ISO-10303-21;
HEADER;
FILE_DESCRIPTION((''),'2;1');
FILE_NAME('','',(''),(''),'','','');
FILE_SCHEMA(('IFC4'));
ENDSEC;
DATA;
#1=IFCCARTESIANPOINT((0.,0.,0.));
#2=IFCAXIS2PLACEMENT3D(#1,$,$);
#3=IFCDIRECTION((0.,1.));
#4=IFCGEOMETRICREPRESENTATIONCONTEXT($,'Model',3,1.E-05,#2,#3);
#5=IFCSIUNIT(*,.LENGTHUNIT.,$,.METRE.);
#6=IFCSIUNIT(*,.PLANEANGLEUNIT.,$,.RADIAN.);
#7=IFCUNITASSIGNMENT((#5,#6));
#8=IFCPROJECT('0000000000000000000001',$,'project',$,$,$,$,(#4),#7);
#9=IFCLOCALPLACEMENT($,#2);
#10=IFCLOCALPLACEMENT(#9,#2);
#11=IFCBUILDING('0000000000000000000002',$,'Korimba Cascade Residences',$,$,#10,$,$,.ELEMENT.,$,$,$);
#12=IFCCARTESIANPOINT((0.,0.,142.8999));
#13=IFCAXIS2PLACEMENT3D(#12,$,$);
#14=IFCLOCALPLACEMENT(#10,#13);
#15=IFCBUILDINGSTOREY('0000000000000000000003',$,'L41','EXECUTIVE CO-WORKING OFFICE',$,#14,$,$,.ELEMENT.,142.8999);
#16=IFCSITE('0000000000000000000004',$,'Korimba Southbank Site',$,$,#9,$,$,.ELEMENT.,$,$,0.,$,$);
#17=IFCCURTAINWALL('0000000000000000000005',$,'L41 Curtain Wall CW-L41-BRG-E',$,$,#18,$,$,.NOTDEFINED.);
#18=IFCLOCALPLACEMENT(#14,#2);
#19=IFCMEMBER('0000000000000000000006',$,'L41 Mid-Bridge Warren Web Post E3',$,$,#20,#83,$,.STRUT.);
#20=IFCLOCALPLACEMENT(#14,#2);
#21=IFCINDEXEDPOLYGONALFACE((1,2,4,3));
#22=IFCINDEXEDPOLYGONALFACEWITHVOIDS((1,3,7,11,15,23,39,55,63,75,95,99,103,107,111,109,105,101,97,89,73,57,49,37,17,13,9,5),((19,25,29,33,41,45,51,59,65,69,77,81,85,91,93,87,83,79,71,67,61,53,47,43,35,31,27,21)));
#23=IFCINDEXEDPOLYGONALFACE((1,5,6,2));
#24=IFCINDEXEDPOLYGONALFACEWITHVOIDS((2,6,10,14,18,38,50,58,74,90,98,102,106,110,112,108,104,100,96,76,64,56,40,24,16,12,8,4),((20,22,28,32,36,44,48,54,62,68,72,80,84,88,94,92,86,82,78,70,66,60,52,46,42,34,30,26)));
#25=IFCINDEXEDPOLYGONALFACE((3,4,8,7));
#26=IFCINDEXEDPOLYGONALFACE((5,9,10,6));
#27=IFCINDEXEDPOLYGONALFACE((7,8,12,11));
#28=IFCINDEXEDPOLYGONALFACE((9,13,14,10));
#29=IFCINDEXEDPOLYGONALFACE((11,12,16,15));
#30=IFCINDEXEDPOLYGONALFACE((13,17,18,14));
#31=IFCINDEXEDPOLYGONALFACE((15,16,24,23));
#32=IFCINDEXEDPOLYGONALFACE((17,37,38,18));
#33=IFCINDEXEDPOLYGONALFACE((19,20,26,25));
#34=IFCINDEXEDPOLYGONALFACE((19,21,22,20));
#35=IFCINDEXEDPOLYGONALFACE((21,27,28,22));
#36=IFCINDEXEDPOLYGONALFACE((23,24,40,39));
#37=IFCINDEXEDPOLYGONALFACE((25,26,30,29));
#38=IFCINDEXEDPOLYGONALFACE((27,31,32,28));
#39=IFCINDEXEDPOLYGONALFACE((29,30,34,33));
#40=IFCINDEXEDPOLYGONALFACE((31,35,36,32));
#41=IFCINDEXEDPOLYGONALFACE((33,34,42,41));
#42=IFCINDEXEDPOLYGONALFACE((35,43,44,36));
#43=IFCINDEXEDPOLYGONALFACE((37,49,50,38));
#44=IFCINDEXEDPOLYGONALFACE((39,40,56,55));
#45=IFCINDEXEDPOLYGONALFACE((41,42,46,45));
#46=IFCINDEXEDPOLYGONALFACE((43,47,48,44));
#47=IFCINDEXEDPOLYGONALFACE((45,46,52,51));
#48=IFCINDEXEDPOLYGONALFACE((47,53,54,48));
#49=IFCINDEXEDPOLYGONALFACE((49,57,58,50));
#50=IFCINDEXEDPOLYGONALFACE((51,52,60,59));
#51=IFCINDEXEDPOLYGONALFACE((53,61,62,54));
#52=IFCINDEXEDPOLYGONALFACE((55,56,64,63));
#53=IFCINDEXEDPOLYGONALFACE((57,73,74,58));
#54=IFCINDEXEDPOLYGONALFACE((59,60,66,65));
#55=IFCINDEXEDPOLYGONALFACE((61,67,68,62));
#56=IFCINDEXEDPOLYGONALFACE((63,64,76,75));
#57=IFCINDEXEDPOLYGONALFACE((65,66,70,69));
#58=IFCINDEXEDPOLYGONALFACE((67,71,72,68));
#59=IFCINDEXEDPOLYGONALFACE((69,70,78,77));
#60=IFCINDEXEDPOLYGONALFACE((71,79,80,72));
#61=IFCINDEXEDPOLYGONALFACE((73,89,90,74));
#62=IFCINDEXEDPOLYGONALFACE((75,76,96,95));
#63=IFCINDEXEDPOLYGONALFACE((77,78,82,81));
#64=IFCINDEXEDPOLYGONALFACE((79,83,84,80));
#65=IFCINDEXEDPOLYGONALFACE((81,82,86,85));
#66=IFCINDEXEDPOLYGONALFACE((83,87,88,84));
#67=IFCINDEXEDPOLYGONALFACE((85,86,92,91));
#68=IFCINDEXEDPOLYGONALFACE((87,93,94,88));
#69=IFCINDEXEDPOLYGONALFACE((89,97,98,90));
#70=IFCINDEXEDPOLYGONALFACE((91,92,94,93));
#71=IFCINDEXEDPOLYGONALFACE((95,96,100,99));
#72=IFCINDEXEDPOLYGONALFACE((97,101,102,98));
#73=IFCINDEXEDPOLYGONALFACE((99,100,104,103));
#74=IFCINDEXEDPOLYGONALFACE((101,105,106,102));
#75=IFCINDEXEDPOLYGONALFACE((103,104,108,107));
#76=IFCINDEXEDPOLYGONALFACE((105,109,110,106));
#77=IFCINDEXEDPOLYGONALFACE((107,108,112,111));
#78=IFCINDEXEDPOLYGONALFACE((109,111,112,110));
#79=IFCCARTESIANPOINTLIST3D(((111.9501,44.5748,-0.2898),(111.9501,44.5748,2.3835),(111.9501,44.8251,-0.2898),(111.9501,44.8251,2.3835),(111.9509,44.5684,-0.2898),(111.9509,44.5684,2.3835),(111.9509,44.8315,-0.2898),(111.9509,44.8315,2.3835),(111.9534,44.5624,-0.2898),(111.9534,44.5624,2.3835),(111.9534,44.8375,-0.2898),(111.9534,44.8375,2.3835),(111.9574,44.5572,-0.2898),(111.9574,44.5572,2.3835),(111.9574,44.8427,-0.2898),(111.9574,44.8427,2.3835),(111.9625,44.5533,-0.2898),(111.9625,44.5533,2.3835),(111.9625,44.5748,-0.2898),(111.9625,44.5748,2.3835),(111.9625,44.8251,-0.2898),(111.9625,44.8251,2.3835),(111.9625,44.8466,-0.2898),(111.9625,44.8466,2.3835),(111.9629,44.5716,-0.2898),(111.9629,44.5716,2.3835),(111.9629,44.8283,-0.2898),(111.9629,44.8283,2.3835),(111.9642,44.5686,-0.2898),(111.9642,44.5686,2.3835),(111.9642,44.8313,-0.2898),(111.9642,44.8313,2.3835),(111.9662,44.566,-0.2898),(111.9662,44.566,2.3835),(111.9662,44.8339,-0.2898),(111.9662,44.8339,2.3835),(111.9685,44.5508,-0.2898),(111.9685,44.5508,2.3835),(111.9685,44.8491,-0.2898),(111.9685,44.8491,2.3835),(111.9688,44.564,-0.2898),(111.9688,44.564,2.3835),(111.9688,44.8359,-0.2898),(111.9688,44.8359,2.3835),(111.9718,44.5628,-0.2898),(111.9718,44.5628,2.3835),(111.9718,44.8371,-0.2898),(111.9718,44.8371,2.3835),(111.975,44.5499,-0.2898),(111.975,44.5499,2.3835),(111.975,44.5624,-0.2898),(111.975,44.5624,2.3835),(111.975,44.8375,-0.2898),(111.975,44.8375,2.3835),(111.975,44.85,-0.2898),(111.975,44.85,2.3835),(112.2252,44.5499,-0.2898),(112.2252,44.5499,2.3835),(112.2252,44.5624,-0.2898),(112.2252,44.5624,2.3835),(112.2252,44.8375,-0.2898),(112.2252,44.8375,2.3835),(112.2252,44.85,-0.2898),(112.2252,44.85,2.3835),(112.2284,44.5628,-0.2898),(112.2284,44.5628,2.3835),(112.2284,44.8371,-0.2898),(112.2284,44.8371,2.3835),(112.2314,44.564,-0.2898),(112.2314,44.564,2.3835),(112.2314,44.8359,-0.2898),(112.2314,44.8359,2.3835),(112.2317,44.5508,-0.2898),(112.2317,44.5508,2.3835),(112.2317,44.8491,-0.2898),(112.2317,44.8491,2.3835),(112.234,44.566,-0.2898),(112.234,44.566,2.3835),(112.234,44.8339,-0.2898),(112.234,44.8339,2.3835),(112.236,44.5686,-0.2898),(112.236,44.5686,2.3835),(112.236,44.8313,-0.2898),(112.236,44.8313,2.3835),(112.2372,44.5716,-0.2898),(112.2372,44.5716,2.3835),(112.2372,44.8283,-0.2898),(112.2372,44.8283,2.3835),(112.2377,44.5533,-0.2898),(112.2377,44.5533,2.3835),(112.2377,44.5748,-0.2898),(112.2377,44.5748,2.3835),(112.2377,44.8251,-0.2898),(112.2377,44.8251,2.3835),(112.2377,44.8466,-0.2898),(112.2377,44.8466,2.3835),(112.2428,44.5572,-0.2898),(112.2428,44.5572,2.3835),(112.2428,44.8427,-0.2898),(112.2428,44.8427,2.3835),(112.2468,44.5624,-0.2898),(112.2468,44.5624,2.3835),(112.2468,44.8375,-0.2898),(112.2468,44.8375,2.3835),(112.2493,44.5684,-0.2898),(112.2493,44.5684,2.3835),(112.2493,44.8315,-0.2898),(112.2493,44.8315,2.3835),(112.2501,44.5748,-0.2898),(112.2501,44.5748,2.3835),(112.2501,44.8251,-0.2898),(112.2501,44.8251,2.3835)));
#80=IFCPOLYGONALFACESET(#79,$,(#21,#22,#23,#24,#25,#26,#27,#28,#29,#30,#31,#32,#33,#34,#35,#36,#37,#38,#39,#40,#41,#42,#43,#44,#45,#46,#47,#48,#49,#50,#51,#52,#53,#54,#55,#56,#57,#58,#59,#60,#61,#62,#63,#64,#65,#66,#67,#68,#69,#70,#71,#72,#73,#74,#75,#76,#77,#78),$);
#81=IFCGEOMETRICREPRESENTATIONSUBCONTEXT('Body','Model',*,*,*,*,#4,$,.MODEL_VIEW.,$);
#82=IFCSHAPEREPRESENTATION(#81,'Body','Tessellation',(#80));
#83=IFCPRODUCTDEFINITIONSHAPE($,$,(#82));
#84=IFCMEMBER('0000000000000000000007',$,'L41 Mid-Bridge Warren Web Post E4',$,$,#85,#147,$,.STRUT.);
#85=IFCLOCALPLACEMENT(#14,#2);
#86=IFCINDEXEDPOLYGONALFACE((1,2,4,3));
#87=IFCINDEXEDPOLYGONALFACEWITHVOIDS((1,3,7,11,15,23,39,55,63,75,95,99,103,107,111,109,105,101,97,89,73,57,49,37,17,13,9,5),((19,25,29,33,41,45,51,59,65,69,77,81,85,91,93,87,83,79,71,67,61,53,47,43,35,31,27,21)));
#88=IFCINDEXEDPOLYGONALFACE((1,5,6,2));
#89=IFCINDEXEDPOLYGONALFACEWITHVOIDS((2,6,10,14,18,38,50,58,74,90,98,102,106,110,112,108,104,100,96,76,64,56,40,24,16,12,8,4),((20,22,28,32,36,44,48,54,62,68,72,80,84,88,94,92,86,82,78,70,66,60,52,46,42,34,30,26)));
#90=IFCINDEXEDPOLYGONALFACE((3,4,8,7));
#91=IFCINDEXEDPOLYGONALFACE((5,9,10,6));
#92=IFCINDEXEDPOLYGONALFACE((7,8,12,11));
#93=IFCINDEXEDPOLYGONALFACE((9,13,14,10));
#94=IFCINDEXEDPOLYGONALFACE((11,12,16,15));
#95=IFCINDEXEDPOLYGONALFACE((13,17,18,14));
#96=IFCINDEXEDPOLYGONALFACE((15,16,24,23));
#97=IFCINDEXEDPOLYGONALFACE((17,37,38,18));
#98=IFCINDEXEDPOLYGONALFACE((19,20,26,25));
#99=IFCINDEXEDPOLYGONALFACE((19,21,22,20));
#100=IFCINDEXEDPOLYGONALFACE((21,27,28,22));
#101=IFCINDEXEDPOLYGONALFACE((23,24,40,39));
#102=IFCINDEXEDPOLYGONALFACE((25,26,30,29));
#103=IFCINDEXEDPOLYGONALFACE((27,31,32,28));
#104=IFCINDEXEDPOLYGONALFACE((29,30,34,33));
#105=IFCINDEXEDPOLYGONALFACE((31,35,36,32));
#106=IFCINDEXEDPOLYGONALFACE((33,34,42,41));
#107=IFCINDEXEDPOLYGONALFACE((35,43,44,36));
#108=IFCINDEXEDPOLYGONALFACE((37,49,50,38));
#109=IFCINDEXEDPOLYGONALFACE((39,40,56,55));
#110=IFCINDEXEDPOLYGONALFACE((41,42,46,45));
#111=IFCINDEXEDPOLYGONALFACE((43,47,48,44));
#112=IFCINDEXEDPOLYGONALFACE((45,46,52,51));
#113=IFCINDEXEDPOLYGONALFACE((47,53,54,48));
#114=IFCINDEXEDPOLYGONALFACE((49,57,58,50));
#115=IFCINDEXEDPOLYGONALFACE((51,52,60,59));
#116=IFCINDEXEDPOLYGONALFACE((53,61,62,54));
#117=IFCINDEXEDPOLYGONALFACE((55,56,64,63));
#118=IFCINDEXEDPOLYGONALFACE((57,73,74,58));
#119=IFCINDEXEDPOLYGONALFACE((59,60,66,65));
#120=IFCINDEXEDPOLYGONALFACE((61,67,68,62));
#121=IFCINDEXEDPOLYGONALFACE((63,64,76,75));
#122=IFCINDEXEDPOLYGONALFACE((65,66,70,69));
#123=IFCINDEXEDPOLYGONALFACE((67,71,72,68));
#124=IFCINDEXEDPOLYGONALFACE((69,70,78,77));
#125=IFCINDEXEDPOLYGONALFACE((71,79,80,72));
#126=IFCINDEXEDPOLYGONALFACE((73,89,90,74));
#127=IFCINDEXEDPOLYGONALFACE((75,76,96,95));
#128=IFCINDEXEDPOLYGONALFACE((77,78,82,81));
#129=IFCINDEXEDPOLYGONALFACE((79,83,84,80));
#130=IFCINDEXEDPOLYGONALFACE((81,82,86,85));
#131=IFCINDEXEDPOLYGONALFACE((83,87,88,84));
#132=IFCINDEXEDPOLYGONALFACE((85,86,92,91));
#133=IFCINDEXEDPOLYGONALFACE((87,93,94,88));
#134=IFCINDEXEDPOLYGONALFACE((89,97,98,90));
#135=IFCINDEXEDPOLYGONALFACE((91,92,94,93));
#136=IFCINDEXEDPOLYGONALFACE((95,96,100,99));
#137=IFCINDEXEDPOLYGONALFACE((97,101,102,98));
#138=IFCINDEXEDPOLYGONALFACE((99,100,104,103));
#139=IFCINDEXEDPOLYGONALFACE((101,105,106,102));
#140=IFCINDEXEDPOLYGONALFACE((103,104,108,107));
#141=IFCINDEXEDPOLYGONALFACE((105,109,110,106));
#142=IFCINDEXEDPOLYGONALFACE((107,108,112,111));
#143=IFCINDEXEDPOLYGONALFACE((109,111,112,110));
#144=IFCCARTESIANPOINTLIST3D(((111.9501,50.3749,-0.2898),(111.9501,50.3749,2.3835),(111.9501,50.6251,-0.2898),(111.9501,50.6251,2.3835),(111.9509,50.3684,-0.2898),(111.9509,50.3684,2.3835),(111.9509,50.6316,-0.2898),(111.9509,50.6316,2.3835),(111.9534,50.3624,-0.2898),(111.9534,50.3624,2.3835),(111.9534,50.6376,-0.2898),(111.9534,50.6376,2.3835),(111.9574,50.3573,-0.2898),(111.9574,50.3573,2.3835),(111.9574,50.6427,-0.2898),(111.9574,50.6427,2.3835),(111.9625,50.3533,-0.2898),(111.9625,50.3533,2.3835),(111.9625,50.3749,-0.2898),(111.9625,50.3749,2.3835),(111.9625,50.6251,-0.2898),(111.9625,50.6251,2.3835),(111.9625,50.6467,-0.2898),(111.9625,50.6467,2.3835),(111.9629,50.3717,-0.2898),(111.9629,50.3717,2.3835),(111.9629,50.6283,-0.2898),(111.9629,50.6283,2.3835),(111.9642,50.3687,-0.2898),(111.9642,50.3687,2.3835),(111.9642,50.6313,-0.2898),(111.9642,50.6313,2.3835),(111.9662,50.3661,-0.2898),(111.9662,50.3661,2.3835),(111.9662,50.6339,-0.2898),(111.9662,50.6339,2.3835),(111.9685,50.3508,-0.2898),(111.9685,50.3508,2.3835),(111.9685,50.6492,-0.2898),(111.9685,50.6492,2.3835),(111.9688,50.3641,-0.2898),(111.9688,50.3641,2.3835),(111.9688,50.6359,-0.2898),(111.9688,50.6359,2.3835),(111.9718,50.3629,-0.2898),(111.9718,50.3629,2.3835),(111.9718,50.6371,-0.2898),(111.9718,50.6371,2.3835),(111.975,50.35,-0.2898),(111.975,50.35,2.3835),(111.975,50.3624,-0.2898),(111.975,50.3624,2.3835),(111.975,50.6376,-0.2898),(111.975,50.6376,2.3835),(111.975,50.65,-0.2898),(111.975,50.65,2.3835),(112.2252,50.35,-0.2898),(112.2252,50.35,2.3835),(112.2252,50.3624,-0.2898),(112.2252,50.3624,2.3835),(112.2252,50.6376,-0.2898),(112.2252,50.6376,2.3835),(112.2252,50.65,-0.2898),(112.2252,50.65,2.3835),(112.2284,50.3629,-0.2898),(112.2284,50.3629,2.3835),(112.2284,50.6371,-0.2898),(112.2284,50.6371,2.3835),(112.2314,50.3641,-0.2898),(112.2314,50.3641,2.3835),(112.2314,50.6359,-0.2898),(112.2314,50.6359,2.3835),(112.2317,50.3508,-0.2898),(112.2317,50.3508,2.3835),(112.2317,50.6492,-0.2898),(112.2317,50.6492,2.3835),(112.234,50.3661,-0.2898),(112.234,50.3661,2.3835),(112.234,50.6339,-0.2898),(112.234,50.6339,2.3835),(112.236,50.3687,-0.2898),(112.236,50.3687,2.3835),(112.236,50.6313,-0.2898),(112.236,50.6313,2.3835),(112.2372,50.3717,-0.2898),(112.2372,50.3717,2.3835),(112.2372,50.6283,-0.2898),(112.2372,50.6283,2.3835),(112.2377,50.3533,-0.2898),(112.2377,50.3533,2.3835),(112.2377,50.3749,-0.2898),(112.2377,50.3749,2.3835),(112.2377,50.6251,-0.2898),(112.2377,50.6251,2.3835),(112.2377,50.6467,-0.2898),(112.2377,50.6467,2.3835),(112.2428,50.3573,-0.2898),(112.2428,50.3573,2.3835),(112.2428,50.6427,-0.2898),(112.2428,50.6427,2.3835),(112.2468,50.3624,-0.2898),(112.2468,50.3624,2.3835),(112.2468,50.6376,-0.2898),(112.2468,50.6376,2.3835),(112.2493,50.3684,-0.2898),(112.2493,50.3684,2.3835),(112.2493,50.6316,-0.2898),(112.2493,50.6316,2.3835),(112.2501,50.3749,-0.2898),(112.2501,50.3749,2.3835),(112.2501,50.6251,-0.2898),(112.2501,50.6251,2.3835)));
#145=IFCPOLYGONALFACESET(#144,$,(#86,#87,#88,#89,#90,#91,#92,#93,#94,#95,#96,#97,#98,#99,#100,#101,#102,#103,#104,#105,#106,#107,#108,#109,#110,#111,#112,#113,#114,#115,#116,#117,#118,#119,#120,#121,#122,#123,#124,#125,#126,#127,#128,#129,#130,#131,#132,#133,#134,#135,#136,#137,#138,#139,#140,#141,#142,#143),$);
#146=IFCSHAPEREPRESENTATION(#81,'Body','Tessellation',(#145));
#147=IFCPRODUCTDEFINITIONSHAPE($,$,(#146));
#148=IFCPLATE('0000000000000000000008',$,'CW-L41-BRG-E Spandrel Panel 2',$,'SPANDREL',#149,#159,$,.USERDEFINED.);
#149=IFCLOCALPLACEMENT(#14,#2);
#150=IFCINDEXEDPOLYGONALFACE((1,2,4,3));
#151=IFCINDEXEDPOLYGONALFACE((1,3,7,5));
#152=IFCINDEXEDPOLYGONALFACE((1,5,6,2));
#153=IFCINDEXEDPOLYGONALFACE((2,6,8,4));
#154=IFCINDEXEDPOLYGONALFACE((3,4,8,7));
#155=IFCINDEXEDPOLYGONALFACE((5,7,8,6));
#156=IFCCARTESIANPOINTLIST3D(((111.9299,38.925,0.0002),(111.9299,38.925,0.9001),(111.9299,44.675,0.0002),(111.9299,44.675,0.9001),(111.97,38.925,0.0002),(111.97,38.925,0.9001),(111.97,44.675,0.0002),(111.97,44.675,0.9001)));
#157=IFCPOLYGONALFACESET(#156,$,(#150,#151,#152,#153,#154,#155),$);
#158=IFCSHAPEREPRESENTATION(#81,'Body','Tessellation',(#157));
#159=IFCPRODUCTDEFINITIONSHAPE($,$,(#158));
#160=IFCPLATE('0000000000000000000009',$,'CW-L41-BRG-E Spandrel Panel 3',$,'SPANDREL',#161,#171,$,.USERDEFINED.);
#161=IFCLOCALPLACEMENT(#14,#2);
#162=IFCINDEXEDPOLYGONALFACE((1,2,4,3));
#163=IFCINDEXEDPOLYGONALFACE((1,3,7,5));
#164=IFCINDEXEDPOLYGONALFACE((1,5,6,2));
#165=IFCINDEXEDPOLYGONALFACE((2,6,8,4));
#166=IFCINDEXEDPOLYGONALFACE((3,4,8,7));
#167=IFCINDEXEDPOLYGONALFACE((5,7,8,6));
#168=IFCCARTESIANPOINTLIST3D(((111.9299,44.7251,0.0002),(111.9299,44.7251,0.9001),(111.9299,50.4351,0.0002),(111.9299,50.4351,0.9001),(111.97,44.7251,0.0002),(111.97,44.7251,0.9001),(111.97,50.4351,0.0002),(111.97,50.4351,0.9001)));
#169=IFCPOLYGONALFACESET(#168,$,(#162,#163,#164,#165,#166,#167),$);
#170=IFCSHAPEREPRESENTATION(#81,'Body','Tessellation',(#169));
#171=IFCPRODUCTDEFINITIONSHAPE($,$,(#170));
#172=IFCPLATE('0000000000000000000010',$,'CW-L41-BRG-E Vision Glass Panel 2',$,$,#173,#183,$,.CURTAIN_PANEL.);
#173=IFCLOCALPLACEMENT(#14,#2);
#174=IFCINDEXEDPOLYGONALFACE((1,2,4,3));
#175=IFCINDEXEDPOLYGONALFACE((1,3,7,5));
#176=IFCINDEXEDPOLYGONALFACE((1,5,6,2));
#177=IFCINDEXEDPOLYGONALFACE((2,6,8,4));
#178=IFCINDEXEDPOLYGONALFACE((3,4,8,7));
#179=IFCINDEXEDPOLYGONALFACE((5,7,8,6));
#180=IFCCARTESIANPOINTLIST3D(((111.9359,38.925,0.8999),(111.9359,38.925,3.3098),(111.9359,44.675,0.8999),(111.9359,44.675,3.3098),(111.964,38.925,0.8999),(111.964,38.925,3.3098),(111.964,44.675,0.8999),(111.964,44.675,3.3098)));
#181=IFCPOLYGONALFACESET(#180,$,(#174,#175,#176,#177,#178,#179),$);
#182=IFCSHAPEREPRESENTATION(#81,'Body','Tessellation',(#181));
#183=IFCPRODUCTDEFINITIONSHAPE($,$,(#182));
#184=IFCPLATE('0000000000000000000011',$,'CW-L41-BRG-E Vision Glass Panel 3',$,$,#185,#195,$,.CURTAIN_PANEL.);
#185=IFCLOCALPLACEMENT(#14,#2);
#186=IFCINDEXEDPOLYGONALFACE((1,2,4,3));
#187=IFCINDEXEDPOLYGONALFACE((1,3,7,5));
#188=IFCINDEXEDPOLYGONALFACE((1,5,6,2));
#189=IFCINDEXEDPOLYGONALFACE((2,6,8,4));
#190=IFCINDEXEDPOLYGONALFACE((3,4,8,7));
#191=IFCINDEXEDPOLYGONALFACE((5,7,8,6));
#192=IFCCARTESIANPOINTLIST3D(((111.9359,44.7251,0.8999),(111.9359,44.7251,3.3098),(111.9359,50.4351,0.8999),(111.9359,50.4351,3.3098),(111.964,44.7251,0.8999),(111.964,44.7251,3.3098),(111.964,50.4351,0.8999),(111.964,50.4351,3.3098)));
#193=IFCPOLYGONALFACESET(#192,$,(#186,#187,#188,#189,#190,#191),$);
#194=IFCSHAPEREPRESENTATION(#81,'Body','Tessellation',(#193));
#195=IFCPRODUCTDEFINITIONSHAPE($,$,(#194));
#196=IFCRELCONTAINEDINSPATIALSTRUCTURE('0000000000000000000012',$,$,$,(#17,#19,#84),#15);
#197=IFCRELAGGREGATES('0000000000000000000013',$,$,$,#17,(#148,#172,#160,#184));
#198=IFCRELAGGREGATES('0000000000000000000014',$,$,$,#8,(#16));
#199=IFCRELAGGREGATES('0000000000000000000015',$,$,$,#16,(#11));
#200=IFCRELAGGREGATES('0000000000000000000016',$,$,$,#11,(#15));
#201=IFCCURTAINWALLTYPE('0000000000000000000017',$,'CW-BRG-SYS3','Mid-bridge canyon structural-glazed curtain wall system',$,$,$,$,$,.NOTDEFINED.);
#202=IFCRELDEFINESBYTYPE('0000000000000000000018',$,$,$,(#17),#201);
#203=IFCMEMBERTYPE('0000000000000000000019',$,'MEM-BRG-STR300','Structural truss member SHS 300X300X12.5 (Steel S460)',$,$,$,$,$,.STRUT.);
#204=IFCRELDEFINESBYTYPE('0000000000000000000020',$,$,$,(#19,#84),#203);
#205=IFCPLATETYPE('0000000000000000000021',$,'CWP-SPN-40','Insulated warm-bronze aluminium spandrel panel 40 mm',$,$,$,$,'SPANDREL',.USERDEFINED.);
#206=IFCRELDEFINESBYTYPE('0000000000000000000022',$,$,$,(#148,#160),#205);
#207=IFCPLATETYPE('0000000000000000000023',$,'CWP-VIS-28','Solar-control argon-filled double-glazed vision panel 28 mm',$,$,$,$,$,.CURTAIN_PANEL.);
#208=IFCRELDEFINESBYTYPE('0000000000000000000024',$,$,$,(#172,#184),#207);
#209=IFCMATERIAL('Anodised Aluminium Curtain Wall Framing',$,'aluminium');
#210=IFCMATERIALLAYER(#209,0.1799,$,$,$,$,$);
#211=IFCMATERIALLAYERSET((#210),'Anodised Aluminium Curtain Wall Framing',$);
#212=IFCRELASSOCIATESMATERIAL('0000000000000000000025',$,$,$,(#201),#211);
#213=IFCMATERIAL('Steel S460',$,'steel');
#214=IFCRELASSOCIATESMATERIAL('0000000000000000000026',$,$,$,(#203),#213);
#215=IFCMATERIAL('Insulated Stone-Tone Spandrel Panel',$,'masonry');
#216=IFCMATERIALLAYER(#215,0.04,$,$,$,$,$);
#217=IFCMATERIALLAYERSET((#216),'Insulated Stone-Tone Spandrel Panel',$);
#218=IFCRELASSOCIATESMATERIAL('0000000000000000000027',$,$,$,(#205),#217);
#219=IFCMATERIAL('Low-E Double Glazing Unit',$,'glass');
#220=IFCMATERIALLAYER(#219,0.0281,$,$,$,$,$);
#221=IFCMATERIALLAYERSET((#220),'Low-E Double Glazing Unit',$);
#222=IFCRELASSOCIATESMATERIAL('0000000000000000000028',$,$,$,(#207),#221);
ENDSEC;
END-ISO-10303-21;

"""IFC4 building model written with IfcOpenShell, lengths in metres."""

from ifc_helpers import new_model, si_unit, direction, frame, origin, origin_2d, place, context, subcontext, project, spatial, rectangle, hollow_rectangle, extrude, material, layer, layer_set, material_profile, profile_set, type_object, element, aggregate, save


model = new_model("IFC4")

# Units and contexts
model_context = context("Model", 3, precision=1e-05, world=origin(), true_north=direction((0.0, 1.0)))
body_context = subcontext(model_context, "Body", "Model", "MODEL_VIEW")
ifc_project = project(units=[si_unit("LENGTHUNIT", "METRE"), si_unit("PLANEANGLEUNIT", "RADIAN")], contexts=[model_context])

# Site, building, storey
site_placement = place(None, origin())
site = spatial("IfcSite", under=ifc_project, at=site_placement, Name="Korimba Southbank Site", CompositionType="ELEMENT", RefElevation=0.0)
building_placement = place(site_placement, origin())
building = spatial("IfcBuilding", under=site, at=building_placement, Name="Korimba Cascade Residences", CompositionType="ELEMENT")
storey_placement = place(building_placement, frame((0.0, 0.0, 142.8999)))
storey = spatial("IfcBuildingStorey", under=building, at=storey_placement, Name="L41", Description="EXECUTIVE CO-WORKING OFFICE", CompositionType="ELEMENT", Elevation=142.8999)

# Curtain wall
ifc_material_1 = material(Name="Anodised Aluminium Curtain Wall Framing", Category="aluminium")
ifc_layer_1 = layer(ifc_material_1, 0.1799)
ifc_layer_set_1 = layer_set([ifc_layer_1], Name="Anodised Aluminium Curtain Wall Framing")
curtain_wall_type = type_object("IfcCurtainWallType", Name="CW-BRG-SYS3", Description="Mid-bridge canyon structural-glazed curtain wall system", PredefinedType="NOTDEFINED", material=ifc_layer_set_1)
curtain_wall_placement = place(storey_placement, origin())
curtain_wall = element("IfcCurtainWall", 1, at=curtain_wall_placement, inside=storey, type_object=curtain_wall_type, Name="L41 Curtain Wall CW-L41-BRG-E", PredefinedType="NOTDEFINED")

# Members
ifc_material_2 = material(Name="Steel S460", Category="steel")
ifc_material_profile_1 = material_profile(ifc_material_2, hollow_rectangle(XDim=0.3, YDim=0.3, WallThickness=0.0125, InnerFilletRadius=0.0125, OuterFilletRadius=0.0249, at=origin_2d()), Name="Steel S460")
ifc_profile_set_1 = profile_set([ifc_material_profile_1], Name="Steel S460")
member_type_1 = type_object("IfcMemberType", Name="MEM-BRG-STR300", Description="Structural truss member SHS 300X300X12.5 (Steel S460)", PredefinedType="STRUT", material=ifc_profile_set_1)
for number, where, z_axis, x_axis, name in (
    (2, (112.1001, 44.7, -0.2898), (0.0, 0.0, 1.0), (1.0, 0.0, 0.0), "L41 Mid-Bridge Warren Web Post E3"),
    (3, (112.1001, 50.5, -0.2898), (0.0, 0.0, 1.0), (1.0, 0.0, 0.0), "L41 Mid-Bridge Warren Web Post E4"),
):
    element("IfcMember", number, at=place(storey_placement, frame(where, z_axis=z_axis, x_axis=x_axis)), inside=storey, type_object=member_type_1, Name=name, PredefinedType="STRUT", context=body_context, shape_type="SweptSolid", body=[
        extrude(hollow_rectangle(XDim=0.3, YDim=0.3, WallThickness=0.0125, InnerFilletRadius=0.0125, OuterFilletRadius=0.0249, at=origin_2d()), origin(), (0.0, 0.0, 1.0), 2.6733),
    ])

# Plates
ifc_material_3 = material(Name="Insulated Stone-Tone Spandrel Panel", Category="masonry")
ifc_layer_2 = layer(ifc_material_3, 0.04)
ifc_layer_set_2 = layer_set([ifc_layer_2], Name="Insulated Stone-Tone Spandrel Panel")
plate_type_1 = type_object("IfcPlateType", Name="CWP-SPN-40", Description="Insulated warm-bronze aluminium spandrel panel 40 mm", ElementType="SPANDREL", PredefinedType="USERDEFINED", material=ifc_layer_set_2)
plate_1_placement = place(storey_placement, frame((111.95, 41.8, 0.0002), z_axis=(0.0, 0.0, 1.0), x_axis=(0.0, 1.0, 0.0)))
plate_1 = element("IfcPlate", 4, at=plate_1_placement, type_object=plate_type_1, Name="CW-L41-BRG-E Spandrel Panel 2", ObjectType="SPANDREL", PredefinedType="USERDEFINED", context=body_context, shape_type="SweptSolid", body=[
    extrude(rectangle(XDim=5.75, YDim=0.04, at=origin_2d()), origin(), (0.0, 0.0, 1.0), 0.8999),
])
plate_2_placement = place(storey_placement, frame((111.95, 47.5801, 0.0002), z_axis=(0.0, 0.0, 1.0), x_axis=(0.0, 1.0, 0.0)))
plate_2 = element("IfcPlate", 5, at=plate_2_placement, type_object=plate_type_1, Name="CW-L41-BRG-E Spandrel Panel 3", ObjectType="SPANDREL", PredefinedType="USERDEFINED", context=body_context, shape_type="SweptSolid", body=[
    extrude(rectangle(XDim=5.71, YDim=0.04, at=origin_2d()), origin(), (0.0, 0.0, 1.0), 0.8999),
])
ifc_material_4 = material(Name="Low-E Double Glazing Unit", Category="glass")
ifc_layer_3 = layer(ifc_material_4, 0.0281)
ifc_layer_set_3 = layer_set([ifc_layer_3], Name="Low-E Double Glazing Unit")
plate_type_2 = type_object("IfcPlateType", Name="CWP-VIS-28", Description="Solar-control argon-filled double-glazed vision panel 28 mm", PredefinedType="CURTAIN_PANEL", material=ifc_layer_set_3)
plate_3_placement = place(storey_placement, frame((111.95, 41.8, 0.8999), z_axis=(0.0, 0.0, 1.0), x_axis=(0.0, 1.0, 0.0)))
plate_3 = element("IfcPlate", 6, at=plate_3_placement, type_object=plate_type_2, Name="CW-L41-BRG-E Vision Glass Panel 2", PredefinedType="CURTAIN_PANEL", context=body_context, shape_type="SweptSolid", body=[
    extrude(rectangle(XDim=5.75, YDim=0.0281, at=origin_2d()), origin(), (0.0, 0.0, 1.0), 2.4099),
])
plate_4_placement = place(storey_placement, frame((111.95, 47.5801, 0.8999), z_axis=(0.0, 0.0, 1.0), x_axis=(0.0, 1.0, 0.0)))
plate_4 = element("IfcPlate", 7, at=plate_4_placement, type_object=plate_type_2, Name="CW-L41-BRG-E Vision Glass Panel 3", PredefinedType="CURTAIN_PANEL", context=body_context, shape_type="SweptSolid", body=[
    extrude(rectangle(XDim=5.71, YDim=0.0281, at=origin_2d()), origin(), (0.0, 0.0, 1.0), 2.4099),
])
aggregate(curtain_wall, [plate_1, plate_3, plate_2, plate_4])

save(model, "model.ifc")
